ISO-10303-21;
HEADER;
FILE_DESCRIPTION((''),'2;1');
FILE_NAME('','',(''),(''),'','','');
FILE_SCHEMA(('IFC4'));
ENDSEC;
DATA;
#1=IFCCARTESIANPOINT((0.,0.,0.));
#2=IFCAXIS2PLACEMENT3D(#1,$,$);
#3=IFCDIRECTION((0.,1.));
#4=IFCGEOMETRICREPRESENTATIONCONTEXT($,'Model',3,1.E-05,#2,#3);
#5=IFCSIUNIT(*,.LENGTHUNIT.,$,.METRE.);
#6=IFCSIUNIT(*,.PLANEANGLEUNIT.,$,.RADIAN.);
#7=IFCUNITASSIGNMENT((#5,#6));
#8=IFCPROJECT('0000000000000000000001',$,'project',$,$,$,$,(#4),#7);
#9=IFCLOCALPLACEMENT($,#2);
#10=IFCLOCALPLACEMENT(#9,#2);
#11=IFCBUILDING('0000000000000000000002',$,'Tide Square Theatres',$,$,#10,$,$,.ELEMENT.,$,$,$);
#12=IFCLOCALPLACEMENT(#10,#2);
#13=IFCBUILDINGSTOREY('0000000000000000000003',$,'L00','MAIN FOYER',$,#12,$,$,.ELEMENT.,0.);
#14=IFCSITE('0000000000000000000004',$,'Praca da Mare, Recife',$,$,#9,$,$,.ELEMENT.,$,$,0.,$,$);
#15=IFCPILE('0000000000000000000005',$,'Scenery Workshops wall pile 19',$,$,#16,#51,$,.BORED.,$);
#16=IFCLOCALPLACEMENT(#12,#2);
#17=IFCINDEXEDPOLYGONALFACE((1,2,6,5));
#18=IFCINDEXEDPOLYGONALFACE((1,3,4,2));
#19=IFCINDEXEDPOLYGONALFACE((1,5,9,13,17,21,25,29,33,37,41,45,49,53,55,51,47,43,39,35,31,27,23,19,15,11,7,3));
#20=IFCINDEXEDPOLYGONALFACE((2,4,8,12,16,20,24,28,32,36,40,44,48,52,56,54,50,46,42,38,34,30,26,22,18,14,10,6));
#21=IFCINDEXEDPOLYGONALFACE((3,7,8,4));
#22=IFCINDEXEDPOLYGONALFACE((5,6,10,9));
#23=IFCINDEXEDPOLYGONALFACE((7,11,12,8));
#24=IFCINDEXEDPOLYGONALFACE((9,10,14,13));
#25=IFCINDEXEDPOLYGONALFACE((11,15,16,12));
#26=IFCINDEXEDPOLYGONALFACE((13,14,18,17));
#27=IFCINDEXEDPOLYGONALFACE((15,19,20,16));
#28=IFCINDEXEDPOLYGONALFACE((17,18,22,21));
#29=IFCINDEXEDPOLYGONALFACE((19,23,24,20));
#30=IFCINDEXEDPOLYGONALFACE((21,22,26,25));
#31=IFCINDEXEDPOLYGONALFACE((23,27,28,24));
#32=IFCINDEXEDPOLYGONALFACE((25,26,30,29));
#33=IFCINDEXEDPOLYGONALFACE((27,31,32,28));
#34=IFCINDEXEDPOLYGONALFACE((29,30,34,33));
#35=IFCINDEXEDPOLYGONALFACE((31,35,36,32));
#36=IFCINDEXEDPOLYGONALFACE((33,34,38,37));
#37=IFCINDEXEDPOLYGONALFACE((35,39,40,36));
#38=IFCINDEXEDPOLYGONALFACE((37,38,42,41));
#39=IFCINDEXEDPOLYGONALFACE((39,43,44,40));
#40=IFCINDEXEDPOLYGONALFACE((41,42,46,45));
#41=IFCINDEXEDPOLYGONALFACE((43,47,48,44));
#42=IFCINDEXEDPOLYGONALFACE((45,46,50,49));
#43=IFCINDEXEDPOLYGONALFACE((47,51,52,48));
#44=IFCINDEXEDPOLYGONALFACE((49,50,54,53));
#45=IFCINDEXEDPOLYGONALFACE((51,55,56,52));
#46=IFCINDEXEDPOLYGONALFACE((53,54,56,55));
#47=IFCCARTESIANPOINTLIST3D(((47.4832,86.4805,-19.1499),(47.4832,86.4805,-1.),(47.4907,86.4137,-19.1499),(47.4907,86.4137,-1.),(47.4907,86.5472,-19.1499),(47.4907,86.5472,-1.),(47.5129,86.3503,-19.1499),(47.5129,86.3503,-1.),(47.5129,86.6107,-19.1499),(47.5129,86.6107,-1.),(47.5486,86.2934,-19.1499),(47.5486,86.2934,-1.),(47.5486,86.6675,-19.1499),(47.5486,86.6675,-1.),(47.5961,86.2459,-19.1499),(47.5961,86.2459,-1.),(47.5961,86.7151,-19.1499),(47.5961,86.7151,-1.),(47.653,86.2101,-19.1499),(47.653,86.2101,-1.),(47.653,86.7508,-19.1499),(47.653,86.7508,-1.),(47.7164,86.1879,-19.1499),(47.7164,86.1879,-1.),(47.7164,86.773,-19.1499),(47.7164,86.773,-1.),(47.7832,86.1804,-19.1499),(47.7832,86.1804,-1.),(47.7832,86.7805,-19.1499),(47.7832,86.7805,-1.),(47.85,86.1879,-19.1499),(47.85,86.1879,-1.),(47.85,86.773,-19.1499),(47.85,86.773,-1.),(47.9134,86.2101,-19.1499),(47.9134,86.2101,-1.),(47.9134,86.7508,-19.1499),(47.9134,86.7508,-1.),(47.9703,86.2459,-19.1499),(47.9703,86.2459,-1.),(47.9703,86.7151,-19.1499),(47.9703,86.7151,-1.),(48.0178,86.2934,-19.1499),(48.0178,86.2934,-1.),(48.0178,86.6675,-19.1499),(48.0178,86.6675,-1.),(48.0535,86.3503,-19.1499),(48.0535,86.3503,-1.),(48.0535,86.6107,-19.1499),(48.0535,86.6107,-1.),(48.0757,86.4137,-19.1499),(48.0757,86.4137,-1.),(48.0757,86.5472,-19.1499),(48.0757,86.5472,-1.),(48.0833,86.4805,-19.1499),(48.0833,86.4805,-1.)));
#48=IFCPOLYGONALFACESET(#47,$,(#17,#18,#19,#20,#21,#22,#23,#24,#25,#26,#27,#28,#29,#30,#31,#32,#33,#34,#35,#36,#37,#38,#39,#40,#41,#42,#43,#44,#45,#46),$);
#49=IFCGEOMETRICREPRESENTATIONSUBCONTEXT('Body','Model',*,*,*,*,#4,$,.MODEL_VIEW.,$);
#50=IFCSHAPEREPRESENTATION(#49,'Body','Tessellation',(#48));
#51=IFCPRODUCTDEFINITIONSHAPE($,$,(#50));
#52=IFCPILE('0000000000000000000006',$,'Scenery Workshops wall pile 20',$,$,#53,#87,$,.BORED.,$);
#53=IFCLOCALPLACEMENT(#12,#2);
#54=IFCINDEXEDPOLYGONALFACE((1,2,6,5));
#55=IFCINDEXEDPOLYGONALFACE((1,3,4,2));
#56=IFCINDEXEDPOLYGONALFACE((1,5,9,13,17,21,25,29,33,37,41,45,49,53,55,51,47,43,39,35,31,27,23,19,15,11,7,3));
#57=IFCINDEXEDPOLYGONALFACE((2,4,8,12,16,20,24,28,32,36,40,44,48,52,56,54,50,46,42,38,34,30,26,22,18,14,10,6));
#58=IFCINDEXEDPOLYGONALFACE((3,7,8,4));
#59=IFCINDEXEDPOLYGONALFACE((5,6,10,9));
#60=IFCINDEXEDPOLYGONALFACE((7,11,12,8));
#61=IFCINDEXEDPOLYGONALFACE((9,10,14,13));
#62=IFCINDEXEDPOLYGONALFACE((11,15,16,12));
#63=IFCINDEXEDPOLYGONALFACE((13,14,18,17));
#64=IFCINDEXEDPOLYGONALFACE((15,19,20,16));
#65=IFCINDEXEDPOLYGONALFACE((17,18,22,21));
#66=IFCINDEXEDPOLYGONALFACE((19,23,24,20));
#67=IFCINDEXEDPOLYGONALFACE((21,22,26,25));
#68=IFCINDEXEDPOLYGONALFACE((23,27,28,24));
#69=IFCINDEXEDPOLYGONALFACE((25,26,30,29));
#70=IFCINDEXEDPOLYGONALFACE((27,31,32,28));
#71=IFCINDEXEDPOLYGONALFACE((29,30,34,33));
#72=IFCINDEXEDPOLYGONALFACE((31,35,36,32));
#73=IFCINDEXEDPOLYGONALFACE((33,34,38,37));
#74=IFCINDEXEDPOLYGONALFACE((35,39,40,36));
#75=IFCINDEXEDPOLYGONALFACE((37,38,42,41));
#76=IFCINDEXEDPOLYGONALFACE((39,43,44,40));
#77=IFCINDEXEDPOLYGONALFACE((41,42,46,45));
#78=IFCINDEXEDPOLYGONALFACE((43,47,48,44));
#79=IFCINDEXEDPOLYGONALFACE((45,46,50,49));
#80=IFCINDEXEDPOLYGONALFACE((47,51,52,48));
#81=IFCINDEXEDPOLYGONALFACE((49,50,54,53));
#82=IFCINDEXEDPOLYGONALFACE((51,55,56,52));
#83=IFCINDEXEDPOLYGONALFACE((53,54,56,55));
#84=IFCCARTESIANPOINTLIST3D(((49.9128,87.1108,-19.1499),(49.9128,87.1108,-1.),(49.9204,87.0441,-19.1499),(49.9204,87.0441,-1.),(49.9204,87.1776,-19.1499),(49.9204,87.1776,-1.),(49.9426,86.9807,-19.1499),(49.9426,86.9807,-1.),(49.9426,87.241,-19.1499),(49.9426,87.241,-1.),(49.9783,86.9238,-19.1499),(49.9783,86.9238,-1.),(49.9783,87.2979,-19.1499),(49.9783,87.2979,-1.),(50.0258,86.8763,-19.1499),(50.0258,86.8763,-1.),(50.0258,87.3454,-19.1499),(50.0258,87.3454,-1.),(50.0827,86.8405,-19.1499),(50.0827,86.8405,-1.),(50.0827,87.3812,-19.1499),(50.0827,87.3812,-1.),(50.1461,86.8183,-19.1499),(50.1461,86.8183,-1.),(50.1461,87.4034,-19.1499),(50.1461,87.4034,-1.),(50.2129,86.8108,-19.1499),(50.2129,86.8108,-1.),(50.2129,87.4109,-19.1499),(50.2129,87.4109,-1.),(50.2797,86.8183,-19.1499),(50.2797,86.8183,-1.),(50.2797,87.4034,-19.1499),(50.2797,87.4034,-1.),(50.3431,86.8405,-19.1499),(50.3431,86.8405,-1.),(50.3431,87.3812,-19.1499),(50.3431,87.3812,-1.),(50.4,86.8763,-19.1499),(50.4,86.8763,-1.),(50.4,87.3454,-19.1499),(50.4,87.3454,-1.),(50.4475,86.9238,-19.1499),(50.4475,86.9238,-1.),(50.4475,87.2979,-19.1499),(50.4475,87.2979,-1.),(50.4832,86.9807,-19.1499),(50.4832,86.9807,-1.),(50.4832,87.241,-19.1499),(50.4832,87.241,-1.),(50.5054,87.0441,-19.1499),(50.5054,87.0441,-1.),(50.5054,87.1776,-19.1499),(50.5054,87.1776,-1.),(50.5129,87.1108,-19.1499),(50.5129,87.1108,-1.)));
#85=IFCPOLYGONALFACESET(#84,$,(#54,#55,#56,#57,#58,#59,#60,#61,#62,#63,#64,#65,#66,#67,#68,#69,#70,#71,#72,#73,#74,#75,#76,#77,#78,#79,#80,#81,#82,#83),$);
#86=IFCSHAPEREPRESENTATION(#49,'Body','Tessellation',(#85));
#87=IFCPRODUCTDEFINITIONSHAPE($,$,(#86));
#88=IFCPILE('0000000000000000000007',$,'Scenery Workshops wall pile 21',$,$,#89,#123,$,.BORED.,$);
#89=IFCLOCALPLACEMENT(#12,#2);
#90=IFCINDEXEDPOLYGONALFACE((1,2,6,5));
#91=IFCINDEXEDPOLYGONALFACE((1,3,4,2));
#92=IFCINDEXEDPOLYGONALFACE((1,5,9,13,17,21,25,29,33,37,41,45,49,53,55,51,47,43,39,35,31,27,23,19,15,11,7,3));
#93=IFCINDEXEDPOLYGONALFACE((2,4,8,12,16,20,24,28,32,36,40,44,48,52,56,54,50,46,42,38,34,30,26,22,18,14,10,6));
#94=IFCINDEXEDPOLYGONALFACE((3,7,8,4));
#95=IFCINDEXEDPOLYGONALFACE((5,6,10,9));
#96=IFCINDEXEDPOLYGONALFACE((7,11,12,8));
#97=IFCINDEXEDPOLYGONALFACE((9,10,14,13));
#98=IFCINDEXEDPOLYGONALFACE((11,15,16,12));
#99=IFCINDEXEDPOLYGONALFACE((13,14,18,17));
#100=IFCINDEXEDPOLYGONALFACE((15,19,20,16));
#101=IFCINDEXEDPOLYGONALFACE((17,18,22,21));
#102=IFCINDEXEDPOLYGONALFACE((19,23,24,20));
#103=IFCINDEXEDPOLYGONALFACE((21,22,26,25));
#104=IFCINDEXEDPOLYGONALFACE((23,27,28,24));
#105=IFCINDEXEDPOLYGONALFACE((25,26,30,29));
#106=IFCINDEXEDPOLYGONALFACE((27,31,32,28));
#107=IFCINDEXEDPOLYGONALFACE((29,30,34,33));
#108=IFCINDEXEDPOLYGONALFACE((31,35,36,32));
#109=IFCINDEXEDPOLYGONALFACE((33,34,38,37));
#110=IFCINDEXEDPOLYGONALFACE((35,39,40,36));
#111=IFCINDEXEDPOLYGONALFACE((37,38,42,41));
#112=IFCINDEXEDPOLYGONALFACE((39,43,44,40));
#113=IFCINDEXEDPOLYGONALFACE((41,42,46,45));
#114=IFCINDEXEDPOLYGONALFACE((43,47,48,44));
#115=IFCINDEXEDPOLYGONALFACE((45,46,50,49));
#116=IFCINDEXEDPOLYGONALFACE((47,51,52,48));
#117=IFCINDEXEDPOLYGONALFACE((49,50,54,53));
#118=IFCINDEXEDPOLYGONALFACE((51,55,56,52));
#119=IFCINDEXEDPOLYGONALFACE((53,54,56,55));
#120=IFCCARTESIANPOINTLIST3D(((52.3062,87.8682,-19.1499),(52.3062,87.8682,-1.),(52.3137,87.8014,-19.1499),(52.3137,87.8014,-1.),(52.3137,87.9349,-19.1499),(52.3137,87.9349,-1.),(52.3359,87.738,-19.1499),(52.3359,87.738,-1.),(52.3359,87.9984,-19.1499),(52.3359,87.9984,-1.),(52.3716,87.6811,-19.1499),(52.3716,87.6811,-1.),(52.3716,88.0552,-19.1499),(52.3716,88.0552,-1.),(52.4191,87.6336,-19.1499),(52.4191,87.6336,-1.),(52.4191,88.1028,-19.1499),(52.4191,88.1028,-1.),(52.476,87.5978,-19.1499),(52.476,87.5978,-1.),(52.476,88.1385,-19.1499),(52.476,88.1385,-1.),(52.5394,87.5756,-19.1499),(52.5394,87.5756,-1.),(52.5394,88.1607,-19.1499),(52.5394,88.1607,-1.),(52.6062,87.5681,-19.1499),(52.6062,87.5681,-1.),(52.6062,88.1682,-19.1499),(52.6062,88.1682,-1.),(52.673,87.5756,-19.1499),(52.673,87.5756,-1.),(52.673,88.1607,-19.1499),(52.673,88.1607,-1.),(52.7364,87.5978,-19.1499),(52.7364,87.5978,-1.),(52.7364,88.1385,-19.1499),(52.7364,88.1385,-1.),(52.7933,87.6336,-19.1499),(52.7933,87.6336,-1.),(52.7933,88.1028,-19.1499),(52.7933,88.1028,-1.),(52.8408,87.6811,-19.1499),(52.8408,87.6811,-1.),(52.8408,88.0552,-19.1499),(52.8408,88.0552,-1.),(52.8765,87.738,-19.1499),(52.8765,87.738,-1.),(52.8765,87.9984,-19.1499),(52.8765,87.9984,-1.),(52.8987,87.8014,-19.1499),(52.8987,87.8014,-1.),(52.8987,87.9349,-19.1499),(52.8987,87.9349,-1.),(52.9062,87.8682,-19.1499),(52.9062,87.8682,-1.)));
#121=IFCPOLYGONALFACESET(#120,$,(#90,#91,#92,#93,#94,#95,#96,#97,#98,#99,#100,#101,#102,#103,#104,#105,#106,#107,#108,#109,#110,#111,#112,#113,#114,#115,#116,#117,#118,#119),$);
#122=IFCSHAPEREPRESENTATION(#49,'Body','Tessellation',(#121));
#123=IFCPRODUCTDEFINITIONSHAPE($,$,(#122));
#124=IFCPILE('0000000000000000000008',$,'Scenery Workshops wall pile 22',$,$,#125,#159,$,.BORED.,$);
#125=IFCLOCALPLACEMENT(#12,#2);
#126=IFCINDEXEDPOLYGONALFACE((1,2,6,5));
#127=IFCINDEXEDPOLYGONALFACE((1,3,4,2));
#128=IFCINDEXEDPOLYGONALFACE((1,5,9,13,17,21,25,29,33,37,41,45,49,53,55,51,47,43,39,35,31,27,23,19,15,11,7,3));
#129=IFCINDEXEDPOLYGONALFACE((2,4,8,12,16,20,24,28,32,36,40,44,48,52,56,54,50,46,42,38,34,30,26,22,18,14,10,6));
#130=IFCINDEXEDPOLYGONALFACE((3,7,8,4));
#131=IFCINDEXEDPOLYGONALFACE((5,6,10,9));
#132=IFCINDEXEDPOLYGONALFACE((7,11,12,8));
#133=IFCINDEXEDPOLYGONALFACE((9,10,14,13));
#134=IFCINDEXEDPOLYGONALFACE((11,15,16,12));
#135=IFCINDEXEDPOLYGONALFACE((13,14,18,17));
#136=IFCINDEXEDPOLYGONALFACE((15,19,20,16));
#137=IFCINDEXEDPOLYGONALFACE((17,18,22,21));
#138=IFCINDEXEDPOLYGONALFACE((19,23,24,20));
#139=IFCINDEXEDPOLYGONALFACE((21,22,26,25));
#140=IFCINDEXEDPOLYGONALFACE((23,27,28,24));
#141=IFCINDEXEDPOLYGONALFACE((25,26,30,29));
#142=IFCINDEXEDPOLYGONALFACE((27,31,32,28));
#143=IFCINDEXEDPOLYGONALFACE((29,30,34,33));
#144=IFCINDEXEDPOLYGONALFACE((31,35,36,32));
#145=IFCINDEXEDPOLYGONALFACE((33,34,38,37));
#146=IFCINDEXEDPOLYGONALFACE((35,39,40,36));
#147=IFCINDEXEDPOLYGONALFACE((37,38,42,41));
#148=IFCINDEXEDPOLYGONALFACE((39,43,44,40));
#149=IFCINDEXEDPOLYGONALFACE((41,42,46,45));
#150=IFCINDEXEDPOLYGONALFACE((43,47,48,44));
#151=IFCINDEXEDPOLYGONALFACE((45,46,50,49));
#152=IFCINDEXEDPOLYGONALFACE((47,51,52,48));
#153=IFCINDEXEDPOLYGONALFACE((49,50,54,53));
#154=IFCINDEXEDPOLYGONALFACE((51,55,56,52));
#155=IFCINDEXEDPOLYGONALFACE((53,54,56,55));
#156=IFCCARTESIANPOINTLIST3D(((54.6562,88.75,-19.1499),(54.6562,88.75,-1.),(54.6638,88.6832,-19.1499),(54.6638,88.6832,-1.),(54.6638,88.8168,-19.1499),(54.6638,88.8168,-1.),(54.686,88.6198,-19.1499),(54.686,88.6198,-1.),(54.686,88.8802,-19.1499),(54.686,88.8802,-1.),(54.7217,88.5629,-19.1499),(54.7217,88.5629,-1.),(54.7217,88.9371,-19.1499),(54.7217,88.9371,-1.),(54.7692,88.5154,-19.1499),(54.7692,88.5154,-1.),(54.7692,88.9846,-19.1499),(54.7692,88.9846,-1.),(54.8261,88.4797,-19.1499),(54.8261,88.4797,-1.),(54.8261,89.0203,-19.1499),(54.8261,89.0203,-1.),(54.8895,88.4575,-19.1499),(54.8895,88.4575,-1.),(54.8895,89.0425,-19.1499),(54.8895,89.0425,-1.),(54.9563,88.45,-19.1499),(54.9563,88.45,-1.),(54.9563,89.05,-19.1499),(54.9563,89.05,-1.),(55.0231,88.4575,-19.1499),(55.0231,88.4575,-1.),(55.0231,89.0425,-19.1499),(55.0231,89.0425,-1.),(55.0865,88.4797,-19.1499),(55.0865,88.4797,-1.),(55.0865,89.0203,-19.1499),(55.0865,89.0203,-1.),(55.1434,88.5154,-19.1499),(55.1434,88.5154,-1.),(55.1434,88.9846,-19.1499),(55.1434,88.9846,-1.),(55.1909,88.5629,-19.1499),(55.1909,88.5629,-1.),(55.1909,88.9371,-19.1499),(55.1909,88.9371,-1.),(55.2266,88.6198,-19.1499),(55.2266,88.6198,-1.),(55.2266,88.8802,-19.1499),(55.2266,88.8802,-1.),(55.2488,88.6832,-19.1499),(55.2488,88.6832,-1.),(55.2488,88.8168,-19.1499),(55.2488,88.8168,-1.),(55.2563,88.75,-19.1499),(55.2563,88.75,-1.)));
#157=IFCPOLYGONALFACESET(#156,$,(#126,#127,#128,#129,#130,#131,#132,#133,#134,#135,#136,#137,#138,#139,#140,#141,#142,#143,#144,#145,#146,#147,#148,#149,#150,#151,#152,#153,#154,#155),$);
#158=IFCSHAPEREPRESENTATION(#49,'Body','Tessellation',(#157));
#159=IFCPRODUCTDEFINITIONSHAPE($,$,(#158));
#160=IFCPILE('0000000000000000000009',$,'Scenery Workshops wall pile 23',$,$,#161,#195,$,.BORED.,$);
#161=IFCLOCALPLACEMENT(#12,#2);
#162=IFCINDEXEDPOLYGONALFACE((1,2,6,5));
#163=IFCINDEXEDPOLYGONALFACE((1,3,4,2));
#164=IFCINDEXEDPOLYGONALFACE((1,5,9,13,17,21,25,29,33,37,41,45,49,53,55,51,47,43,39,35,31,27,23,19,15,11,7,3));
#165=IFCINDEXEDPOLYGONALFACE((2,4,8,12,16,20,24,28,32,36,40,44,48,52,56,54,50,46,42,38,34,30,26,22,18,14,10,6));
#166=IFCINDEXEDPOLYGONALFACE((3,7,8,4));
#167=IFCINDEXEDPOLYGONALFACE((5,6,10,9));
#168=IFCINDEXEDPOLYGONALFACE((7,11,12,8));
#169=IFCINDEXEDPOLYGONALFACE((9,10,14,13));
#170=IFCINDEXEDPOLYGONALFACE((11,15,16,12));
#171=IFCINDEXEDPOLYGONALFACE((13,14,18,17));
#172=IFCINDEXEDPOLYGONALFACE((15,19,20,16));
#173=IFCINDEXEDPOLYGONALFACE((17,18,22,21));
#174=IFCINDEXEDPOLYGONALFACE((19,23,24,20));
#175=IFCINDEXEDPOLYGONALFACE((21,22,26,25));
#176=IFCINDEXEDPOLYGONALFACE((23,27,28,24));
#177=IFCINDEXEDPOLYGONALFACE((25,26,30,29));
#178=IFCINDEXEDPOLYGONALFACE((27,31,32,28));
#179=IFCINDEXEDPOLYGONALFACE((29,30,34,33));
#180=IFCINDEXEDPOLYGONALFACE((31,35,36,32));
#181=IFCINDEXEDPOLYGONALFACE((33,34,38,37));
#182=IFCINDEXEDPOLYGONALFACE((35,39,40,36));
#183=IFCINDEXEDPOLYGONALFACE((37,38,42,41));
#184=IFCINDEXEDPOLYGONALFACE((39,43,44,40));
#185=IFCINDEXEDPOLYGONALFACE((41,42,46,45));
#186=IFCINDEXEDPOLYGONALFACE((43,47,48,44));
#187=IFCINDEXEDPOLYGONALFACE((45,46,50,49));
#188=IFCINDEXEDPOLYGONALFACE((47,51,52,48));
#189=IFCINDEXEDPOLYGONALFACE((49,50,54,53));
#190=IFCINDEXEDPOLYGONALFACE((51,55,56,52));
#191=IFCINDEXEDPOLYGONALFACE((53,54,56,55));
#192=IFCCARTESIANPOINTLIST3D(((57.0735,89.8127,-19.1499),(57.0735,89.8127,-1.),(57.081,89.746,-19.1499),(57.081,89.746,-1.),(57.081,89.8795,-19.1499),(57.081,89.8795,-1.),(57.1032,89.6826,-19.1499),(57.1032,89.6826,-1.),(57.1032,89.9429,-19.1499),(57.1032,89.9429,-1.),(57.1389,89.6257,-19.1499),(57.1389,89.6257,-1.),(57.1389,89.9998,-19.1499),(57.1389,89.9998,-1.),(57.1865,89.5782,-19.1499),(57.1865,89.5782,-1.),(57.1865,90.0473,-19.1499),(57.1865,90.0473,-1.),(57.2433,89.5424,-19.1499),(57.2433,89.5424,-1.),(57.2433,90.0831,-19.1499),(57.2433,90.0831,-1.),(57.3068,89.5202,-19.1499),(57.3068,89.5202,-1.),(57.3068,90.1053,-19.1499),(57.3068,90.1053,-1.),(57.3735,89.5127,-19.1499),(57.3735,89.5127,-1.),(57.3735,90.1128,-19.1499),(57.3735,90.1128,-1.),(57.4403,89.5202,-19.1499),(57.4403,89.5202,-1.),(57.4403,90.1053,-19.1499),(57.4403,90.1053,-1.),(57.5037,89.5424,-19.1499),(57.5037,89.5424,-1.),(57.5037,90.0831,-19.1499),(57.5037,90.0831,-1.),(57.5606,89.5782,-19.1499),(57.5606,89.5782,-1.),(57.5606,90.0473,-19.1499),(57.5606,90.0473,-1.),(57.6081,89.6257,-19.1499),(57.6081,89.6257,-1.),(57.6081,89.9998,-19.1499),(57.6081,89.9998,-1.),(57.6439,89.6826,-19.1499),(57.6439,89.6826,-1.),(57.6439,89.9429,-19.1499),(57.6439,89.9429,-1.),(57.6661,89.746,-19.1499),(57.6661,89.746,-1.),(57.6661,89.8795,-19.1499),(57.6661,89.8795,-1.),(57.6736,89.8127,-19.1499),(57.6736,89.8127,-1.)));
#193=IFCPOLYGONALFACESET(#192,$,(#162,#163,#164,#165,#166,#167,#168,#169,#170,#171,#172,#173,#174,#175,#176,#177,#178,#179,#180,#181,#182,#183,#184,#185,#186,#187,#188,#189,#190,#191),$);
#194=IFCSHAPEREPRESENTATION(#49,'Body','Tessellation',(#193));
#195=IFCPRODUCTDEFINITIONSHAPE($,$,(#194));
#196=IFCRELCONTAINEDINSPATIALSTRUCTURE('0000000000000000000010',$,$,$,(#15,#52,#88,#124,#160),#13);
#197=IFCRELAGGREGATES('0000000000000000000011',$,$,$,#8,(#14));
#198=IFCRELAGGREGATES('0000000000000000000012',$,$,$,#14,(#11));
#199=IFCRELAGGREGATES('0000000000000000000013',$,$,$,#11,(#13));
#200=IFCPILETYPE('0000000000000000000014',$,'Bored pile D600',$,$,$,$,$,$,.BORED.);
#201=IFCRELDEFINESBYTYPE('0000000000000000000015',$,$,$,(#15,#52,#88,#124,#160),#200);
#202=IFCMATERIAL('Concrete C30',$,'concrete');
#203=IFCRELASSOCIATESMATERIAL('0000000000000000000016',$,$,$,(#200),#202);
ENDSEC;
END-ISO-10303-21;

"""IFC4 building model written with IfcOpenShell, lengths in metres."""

from ifc_helpers import new_model, si_unit, direction, frame, origin, origin_2d, place, context, subcontext, project, spatial, circle, extrude, material, material_profile, profile_set, type_object, element, save


model = new_model("IFC4")

# Units and contexts
model_context = context("Model", 3, precision=1e-05, world=origin(), true_north=direction((0.0, 1.0)))
body_context = subcontext(model_context, "Body", "Model", "MODEL_VIEW")
ifc_project = project(units=[si_unit("LENGTHUNIT", "METRE"), si_unit("PLANEANGLEUNIT", "RADIAN")], contexts=[model_context])

# Site, building, storey
site_placement = place(None, origin())
site = spatial("IfcSite", under=ifc_project, at=site_placement, Name="Praca da Mare, Recife", CompositionType="ELEMENT", RefElevation=0.0)
building_placement = place(site_placement, origin())
building = spatial("IfcBuilding", under=site, at=building_placement, Name="Tide Square Theatres", CompositionType="ELEMENT")
storey_placement = place(building_placement, origin())
storey = spatial("IfcBuildingStorey", under=building, at=storey_placement, Name="L00", Description="MAIN FOYER", CompositionType="ELEMENT", Elevation=0.0)

# Piles
ifc_material_1 = material(Name="Concrete C30", Category="concrete")
ifc_material_profile_1 = material_profile(ifc_material_1, circle(Radius=0.3, at=origin_2d()))
ifc_profile_set_1 = profile_set([ifc_material_profile_1], Name="Concrete C30")
pile_type = type_object("IfcPileType", Name="Bored pile D600", PredefinedType="BORED", material=ifc_profile_set_1)
for number, where, z_axis, x_axis, name in (
    (1, (47.7832, 86.4805, -1.0), (0.0, 0.0, -1.0), (1.0, 0.0, 0.0), "Scenery Workshops wall pile 19"),
    (2, (50.2129, 87.1108, -1.0), (0.0, 0.0, -1.0), (1.0, 0.0, 0.0), "Scenery Workshops wall pile 20"),
    (3, (52.6062, 87.8682, -1.0), (0.0, 0.0, -1.0), (1.0, 0.0, 0.0), "Scenery Workshops wall pile 21"),
    (4, (54.9563, 88.75, -1.0), (0.0, 0.0, -1.0), (1.0, 0.0, 0.0), "Scenery Workshops wall pile 22"),
    (5, (57.3735, 89.8127, -1.0), (0.0, 0.0, -1.0), (1.0, 0.0, 0.0), "Scenery Workshops wall pile 23"),
):
    element("IfcPile", number, at=place(storey_placement, frame(where, z_axis=z_axis, x_axis=x_axis)), inside=storey, type_object=pile_type, Name=name, PredefinedType="BORED", context=body_context, shape_type="SweptSolid", body=[
        extrude(circle(Radius=0.3, at=origin_2d()), origin(), (0.0, 0.0, 1.0), 18.1499),
    ])

save(model, "model.ifc")
